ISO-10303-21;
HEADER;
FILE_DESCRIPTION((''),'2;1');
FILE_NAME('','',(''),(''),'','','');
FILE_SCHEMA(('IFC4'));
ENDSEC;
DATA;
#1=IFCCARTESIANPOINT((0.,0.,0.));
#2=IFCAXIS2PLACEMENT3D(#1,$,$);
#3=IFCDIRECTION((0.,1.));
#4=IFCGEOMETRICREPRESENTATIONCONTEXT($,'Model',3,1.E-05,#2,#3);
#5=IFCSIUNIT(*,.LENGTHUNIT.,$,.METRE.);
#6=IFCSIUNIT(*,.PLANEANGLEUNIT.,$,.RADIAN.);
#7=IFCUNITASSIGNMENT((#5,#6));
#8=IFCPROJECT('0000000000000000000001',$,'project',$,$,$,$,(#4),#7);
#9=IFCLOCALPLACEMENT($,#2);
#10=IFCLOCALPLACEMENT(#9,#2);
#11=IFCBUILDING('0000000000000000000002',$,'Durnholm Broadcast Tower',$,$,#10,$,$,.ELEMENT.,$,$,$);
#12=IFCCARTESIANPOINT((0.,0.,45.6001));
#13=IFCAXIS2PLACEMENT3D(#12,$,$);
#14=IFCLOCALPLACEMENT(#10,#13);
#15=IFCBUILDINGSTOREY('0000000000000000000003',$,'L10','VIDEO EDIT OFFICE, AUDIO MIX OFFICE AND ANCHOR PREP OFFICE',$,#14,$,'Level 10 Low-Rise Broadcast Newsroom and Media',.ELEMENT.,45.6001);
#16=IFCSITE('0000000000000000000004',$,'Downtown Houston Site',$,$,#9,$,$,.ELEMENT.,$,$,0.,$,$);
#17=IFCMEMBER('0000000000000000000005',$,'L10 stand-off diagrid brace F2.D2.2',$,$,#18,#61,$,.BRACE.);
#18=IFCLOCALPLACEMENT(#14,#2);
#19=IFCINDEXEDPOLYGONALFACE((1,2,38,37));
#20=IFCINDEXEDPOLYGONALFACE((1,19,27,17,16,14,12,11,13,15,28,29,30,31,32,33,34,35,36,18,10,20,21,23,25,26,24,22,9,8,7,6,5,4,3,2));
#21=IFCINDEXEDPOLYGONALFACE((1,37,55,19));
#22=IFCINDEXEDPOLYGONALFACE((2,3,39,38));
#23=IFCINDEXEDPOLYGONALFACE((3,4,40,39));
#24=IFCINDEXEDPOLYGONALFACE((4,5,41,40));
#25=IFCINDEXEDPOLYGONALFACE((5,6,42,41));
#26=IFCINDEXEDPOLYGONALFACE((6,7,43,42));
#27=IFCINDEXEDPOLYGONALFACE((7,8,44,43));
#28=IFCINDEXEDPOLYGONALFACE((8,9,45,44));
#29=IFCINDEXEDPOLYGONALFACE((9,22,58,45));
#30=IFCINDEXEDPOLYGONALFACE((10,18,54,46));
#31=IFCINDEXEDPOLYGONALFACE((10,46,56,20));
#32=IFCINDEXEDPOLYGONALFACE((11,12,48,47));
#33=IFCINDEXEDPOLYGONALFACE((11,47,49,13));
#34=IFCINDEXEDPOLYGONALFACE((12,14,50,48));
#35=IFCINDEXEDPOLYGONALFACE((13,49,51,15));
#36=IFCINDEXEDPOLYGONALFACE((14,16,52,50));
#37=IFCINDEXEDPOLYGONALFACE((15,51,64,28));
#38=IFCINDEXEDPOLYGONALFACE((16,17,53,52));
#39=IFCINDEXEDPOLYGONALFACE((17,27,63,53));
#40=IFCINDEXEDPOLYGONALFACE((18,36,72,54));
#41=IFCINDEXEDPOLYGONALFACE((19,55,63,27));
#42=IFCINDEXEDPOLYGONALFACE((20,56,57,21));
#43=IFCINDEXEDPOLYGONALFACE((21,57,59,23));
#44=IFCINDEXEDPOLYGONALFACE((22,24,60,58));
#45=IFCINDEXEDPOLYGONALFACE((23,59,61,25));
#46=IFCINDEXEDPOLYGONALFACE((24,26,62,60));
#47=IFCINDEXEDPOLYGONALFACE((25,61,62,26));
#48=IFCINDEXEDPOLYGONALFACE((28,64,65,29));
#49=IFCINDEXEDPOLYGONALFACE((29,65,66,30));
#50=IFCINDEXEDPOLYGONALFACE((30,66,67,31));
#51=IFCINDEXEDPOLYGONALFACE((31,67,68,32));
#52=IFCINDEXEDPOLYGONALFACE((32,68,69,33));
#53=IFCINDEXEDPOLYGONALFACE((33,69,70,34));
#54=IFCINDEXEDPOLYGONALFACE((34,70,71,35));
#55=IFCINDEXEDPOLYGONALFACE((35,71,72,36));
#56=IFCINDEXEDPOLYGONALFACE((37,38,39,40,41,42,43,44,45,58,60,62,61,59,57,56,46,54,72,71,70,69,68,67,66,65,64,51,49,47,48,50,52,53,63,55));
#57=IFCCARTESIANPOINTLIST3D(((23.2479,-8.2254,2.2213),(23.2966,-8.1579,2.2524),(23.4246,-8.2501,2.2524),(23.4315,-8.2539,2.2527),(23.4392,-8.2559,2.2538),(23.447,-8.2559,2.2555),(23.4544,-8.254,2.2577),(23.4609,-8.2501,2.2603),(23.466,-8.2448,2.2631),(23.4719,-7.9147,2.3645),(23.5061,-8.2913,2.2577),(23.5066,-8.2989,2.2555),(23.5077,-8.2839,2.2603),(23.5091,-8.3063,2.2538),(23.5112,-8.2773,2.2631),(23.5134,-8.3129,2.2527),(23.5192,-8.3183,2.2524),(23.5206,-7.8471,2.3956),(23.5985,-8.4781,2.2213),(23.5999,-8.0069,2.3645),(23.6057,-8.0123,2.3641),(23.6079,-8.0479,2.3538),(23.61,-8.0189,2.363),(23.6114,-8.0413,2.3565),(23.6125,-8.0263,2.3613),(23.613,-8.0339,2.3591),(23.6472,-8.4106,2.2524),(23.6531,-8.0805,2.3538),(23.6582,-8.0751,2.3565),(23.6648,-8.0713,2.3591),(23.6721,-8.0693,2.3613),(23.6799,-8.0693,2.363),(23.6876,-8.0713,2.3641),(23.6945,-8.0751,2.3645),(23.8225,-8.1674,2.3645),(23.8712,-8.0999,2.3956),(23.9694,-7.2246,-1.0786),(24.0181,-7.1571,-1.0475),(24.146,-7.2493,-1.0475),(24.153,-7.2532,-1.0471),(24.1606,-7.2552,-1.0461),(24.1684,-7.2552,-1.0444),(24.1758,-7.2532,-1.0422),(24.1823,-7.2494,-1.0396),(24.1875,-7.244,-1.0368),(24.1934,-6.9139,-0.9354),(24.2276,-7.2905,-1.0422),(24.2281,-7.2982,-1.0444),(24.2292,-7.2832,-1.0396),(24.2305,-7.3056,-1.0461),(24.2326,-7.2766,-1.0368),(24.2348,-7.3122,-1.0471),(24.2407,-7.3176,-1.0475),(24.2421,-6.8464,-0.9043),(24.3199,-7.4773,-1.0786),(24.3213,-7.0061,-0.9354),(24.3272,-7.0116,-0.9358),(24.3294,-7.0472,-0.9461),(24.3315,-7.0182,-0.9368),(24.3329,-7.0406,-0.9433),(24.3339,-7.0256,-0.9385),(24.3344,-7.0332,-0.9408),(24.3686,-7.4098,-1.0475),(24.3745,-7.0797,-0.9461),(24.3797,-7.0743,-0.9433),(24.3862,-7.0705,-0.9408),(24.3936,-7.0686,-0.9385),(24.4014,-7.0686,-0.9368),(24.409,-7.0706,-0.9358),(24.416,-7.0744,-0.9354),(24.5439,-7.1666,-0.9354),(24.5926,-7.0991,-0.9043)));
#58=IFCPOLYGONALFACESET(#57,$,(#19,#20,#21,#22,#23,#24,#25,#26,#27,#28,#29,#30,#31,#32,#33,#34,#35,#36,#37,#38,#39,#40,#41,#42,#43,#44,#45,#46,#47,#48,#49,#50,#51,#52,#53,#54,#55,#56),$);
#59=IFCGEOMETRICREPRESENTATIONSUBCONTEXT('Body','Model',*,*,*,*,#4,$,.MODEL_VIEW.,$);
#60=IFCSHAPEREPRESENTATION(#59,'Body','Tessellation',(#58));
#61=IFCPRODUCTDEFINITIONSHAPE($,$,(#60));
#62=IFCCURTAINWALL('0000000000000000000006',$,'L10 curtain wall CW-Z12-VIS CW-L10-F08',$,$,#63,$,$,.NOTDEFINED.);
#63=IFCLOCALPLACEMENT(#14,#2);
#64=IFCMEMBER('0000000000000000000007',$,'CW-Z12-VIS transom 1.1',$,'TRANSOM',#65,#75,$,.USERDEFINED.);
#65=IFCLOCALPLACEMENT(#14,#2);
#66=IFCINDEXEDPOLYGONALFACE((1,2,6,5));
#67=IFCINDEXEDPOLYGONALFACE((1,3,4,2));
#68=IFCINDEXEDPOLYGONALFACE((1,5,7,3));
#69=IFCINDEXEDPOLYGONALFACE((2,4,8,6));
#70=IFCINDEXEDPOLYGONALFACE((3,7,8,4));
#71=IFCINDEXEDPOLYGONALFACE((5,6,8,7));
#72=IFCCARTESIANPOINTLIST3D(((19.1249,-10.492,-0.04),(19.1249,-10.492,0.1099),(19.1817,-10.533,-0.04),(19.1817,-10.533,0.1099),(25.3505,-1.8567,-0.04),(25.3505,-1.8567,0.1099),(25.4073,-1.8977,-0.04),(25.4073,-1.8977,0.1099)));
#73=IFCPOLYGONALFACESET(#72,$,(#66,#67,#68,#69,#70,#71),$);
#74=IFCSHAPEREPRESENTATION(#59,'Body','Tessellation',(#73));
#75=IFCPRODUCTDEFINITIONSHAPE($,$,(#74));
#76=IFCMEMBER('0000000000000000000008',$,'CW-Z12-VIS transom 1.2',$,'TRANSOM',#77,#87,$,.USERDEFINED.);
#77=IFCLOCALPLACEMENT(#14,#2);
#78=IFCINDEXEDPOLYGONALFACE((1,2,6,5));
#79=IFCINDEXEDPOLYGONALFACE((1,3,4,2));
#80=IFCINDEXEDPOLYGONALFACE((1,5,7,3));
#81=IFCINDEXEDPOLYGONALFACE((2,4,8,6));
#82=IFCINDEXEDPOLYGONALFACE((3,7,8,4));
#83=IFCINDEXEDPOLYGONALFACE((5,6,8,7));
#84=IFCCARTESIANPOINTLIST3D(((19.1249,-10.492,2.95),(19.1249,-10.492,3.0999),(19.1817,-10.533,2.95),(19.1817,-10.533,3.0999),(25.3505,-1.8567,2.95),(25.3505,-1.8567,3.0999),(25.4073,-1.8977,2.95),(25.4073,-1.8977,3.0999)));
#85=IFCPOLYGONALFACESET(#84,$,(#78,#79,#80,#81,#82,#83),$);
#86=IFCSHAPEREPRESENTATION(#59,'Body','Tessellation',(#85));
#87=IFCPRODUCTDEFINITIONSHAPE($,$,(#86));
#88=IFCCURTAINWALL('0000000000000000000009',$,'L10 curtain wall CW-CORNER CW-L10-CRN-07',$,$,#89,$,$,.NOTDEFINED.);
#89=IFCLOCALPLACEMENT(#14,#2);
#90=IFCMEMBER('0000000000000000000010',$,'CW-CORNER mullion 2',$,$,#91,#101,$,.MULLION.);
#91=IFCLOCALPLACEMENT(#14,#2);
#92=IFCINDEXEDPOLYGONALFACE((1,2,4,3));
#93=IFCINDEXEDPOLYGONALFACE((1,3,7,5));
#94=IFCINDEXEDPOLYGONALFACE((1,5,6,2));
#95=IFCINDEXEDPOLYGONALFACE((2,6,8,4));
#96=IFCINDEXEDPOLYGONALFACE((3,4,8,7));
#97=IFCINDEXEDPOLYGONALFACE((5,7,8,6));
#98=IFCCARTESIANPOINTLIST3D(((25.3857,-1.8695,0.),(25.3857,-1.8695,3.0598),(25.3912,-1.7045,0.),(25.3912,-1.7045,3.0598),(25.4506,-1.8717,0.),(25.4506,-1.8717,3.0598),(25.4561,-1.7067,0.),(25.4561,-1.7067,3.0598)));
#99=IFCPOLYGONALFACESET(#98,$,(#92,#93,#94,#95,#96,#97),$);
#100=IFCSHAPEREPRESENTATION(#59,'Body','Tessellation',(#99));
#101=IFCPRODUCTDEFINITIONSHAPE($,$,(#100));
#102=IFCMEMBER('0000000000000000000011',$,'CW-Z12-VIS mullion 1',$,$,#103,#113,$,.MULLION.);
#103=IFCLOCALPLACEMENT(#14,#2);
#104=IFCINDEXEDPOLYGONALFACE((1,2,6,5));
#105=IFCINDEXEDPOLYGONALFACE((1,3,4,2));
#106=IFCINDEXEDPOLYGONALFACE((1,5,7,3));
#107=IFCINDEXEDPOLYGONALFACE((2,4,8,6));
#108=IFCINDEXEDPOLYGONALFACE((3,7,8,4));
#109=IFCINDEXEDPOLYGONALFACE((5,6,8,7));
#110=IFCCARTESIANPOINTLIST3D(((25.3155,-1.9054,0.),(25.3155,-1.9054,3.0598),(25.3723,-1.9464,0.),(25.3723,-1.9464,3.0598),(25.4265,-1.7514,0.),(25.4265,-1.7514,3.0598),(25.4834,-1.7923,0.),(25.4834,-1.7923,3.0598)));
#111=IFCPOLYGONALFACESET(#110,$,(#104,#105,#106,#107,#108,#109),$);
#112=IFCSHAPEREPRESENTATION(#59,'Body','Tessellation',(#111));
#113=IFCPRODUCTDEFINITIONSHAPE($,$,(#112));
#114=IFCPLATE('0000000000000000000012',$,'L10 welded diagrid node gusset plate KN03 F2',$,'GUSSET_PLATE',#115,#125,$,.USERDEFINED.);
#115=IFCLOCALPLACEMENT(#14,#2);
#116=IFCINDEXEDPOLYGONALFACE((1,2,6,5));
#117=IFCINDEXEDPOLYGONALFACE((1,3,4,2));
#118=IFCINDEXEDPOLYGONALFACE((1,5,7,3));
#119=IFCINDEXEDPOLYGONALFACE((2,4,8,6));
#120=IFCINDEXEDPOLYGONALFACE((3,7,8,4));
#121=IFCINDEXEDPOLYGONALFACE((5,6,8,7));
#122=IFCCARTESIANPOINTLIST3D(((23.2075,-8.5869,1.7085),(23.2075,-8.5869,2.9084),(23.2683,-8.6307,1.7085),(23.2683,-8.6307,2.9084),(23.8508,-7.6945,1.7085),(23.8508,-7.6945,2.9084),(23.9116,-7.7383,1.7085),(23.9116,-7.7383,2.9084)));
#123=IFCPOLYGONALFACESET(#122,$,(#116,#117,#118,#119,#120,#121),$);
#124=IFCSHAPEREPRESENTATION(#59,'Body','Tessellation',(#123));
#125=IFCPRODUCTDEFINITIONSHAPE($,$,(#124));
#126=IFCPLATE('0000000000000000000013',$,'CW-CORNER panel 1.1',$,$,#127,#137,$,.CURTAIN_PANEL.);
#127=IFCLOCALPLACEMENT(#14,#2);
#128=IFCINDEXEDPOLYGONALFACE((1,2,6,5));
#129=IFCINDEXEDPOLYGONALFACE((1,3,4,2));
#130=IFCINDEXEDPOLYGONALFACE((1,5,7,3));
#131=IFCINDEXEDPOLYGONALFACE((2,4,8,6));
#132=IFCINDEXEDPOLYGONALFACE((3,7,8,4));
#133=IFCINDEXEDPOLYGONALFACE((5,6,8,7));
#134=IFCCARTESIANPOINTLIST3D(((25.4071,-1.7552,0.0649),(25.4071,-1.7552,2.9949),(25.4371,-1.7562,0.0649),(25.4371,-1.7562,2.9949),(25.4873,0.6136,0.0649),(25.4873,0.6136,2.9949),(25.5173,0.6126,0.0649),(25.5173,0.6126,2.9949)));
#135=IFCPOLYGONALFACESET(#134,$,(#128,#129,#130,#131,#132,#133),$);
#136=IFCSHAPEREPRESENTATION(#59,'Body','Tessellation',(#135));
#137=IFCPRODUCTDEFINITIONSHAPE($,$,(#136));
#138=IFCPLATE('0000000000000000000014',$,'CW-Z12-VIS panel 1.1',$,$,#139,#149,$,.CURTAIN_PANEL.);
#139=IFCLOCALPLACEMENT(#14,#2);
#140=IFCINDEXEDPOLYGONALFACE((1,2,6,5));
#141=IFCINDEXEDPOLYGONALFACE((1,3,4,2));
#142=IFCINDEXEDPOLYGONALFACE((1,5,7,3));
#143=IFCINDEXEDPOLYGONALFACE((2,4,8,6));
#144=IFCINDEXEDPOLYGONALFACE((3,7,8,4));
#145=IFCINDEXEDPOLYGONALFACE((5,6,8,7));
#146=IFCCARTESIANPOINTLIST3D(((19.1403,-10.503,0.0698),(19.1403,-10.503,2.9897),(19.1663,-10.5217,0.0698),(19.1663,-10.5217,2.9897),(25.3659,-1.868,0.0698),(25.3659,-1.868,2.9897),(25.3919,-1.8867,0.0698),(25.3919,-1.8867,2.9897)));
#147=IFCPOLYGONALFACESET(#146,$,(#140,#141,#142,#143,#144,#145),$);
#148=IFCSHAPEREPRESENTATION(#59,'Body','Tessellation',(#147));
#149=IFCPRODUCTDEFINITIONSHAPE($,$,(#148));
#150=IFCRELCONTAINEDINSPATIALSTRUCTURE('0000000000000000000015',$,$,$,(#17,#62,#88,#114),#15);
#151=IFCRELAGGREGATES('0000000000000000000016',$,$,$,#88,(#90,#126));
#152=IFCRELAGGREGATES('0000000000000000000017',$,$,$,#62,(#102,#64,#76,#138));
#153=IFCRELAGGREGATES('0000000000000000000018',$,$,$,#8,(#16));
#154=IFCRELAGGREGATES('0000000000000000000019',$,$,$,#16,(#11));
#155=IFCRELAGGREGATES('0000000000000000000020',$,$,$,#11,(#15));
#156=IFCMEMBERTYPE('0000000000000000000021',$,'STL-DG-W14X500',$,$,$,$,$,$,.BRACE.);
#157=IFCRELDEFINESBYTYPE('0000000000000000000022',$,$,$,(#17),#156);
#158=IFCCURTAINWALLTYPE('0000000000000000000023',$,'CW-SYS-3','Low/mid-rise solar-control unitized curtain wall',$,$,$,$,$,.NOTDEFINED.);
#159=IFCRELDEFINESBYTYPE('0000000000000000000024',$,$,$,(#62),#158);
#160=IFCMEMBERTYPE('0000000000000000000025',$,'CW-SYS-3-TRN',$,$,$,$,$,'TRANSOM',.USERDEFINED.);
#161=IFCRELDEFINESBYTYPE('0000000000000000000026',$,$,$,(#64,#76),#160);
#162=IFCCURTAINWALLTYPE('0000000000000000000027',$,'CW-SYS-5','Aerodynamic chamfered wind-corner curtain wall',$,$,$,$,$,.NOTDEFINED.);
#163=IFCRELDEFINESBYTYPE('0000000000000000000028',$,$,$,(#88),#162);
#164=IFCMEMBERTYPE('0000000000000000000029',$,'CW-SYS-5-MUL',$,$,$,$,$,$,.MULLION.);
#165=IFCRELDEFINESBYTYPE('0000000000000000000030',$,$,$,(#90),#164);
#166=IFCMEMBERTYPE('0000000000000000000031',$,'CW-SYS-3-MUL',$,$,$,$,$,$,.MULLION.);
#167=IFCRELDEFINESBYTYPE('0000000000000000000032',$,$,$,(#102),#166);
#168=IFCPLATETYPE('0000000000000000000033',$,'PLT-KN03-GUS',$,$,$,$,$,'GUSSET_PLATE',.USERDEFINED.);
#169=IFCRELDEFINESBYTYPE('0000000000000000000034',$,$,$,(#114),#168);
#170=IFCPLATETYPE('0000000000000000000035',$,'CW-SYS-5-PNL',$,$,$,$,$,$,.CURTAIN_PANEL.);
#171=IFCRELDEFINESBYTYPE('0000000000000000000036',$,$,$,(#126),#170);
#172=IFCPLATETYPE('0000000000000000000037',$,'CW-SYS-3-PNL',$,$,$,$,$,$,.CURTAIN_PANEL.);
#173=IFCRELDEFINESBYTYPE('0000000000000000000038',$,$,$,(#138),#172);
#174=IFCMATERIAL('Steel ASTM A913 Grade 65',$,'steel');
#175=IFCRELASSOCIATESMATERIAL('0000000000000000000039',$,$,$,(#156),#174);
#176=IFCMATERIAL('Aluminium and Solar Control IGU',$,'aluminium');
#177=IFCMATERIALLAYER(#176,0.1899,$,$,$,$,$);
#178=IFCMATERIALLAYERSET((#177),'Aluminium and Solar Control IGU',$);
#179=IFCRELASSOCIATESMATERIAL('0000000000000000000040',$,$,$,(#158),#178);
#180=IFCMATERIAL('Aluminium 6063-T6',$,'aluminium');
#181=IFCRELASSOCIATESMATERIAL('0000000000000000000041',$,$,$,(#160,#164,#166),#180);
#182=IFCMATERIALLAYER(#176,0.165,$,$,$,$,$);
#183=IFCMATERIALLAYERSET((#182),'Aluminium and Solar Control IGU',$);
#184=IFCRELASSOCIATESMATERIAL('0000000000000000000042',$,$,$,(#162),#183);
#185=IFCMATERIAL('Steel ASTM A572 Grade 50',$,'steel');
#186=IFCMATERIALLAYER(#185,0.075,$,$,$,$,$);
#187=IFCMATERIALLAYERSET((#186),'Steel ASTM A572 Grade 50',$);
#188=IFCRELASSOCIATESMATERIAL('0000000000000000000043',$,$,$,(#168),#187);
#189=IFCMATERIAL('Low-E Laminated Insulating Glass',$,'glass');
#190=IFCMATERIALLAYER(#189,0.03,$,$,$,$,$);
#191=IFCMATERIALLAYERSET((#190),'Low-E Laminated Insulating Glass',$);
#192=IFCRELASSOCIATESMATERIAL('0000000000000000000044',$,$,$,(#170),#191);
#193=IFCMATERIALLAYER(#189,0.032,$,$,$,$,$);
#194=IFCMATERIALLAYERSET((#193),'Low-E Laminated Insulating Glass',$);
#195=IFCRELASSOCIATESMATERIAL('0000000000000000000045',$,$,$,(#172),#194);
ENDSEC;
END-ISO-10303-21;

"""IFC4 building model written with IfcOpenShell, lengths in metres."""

from ifc_helpers import new_model, si_unit, direction, frame, origin, origin_2d, place, context, subcontext, project, spatial, rectangle, i_section, extrude, source, transform, mapped, material, layer, layer_set, material_profile, profile_set, type_object, type_shapes, element, aggregate, save


model = new_model("IFC4")

# Units and contexts
model_context = context("Model", 3, precision=1e-05, world=origin(), true_north=direction((0.0, 1.0)))
body_context = subcontext(model_context, "Body", "Model", "MODEL_VIEW")
ifc_project = project(units=[si_unit("LENGTHUNIT", "METRE"), si_unit("PLANEANGLEUNIT", "RADIAN")], contexts=[model_context])

# Site, building, storey
site_placement = place(None, origin())
site = spatial("IfcSite", under=ifc_project, at=site_placement, Name="Downtown Houston Site", CompositionType="ELEMENT", RefElevation=0.0)
building_placement = place(site_placement, origin())
building = spatial("IfcBuilding", under=site, at=building_placement, Name="Durnholm Broadcast Tower", CompositionType="ELEMENT")
storey_placement = place(building_placement, frame((0.0, 0.0, 45.6001)))
storey = spatial("IfcBuildingStorey", under=building, at=storey_placement, Name="L10", Description="VIDEO EDIT OFFICE, AUDIO MIX OFFICE AND ANCHOR PREP OFFICE", LongName="Level 10 Low-Rise Broadcast Newsroom and Media", CompositionType="ELEMENT", Elevation=45.6001)

# Member
ifc_material_1 = material(Name="Steel ASTM A913 Grade 65", Category="steel")
ifc_material_profile_1 = material_profile(ifc_material_1, i_section(OverallWidth=0.4321, OverallDepth=0.4978, WebThickness=0.0557, FlangeThickness=0.0889, FilletRadius=0.0305, at=origin_2d()), Name="W14X500")
ifc_profile_set_1 = profile_set([ifc_material_profile_1], Name="Steel ASTM A913 Grade 65")
member_type_1 = type_object("IfcMemberType", Name="STL-DG-W14X500", PredefinedType="BRACE", material=ifc_profile_set_1)
shared_shape_1 = source(origin(), body_context, "Body", "SweptSolid", [
    extrude(i_section(OverallWidth=0.4321, OverallDepth=0.4978, WebThickness=0.0557, FlangeThickness=0.0889, FilletRadius=0.0305, at=origin_2d()), origin(), (0.0, 0.0, 1.0), 3.5229),
])
type_shapes(member_type_1, [shared_shape_1])
for number, where, z_axis, x_axis, name in (
    (1, (24.281, -7.1619, -0.9915), (-0.204786, -0.284067, 0.93668), (0.811185, -0.584789, 0.0), "L10 stand-off diagrid brace F2.D2.2"),
):
    element("IfcMember", number, at=place(storey_placement, frame(where, z_axis=z_axis, x_axis=x_axis)), inside=storey, type_object=member_type_1, Name=name, PredefinedType="BRACE", context=body_context, shape_type="MappedRepresentation", body=[
        mapped(shared_shape_1, transform((0.0, 0.0, 0.0), x_axis=(1.0, 0.0, 0.0), y_axis=(0.0, 1.0, 0.0), z_axis=(0.0, 0.0, 1.0), scale=1.0)),
    ])

# Curtain wall, members
ifc_material_2 = material(Name="Aluminium and Solar Control IGU", Category="aluminium")
ifc_layer_1 = layer(ifc_material_2, 0.1899)
ifc_layer_set_1 = layer_set([ifc_layer_1], Name="Aluminium and Solar Control IGU")
curtain_wall_type_1 = type_object("IfcCurtainWallType", Name="CW-SYS-3", Description="Low/mid-rise solar-control unitized curtain wall", PredefinedType="NOTDEFINED", material=ifc_layer_set_1)
curtain_wall_1_placement = place(storey_placement, origin())
curtain_wall_1 = element("IfcCurtainWall", 2, at=curtain_wall_1_placement, inside=storey, type_object=curtain_wall_type_1, Name="L10 curtain wall CW-Z12-VIS CW-L10-F08", PredefinedType="NOTDEFINED")
ifc_material_3 = material(Name="Aluminium 6063-T6", Category="aluminium")
ifc_material_profile_2 = material_profile(ifc_material_3, rectangle(XDim=0.0701, YDim=0.1499, at=origin_2d()), Name="CWT70X150")
ifc_profile_set_2 = profile_set([ifc_material_profile_2], Name="Aluminium 6063-T6")
member_type_2 = type_object("IfcMemberType", Name="CW-SYS-3-TRN", ElementType="TRANSOM", PredefinedType="USERDEFINED", material=ifc_profile_set_2)
shared_shape_2 = source(origin(), body_context, "Body", "SweptSolid", [
    extrude(rectangle(XDim=0.0701, YDim=0.1499, at=origin_2d()), origin(), (0.0, 0.0, 1.0), 10.6455),
])
type_shapes(member_type_2, [shared_shape_2])
member_1_placement = place(storey_placement, frame((25.3789, -1.8772, 0.0349), z_axis=(-0.584812, -0.811169, 0.0), x_axis=(0.811169, -0.584812, 0.0)))
member_1 = element("IfcMember", 3, at=member_1_placement, type_object=member_type_2, Name="CW-Z12-VIS transom 1.1", ObjectType="TRANSOM", PredefinedType="USERDEFINED", context=body_context, shape_type="MappedRepresentation", body=[
    mapped(shared_shape_2, transform((0.0, 0.0, 0.0), x_axis=(1.0, 0.0, 0.0), y_axis=(0.0, 1.0, 0.0), z_axis=(0.0, 0.0, 1.0), scale=1.0)),
])
member_2_placement = place(storey_placement, frame((25.3789, -1.8772, 3.0249), z_axis=(-0.584812, -0.811169, 0.0), x_axis=(0.811169, -0.584812, 0.0)))
member_2 = element("IfcMember", 4, at=member_2_placement, type_object=member_type_2, Name="CW-Z12-VIS transom 1.2", ObjectType="TRANSOM", PredefinedType="USERDEFINED", context=body_context, shape_type="MappedRepresentation", body=[
    mapped(shared_shape_2, transform((0.0, 0.0, 0.0), x_axis=(1.0, 0.0, 0.0), y_axis=(0.0, 1.0, 0.0), z_axis=(0.0, 0.0, 1.0), scale=1.0)),
])

# Curtain wall, member
ifc_layer_2 = layer(ifc_material_2, 0.165)
ifc_layer_set_2 = layer_set([ifc_layer_2], Name="Aluminium and Solar Control IGU")
curtain_wall_type_2 = type_object("IfcCurtainWallType", Name="CW-SYS-5", Description="Aerodynamic chamfered wind-corner curtain wall", PredefinedType="NOTDEFINED", material=ifc_layer_set_2)
curtain_wall_2_placement = place(storey_placement, origin())
curtain_wall_2 = element("IfcCurtainWall", 5, at=curtain_wall_2_placement, inside=storey, type_object=curtain_wall_type_2, Name="L10 curtain wall CW-CORNER CW-L10-CRN-07", PredefinedType="NOTDEFINED")
ifc_material_profile_3 = material_profile(ifc_material_3, rectangle(XDim=0.0649, YDim=0.165, at=origin_2d()), Name="CWM65X165")
ifc_profile_set_3 = profile_set([ifc_material_profile_3], Name="Aluminium 6063-T6")
member_type_3 = type_object("IfcMemberType", Name="CW-SYS-5-MUL", PredefinedType="MULLION", material=ifc_profile_set_3)
shared_shape_3 = source(origin(), body_context, "Body", "SweptSolid", [
    extrude(rectangle(XDim=0.0649, YDim=0.165, at=origin_2d()), origin(), (0.0, 0.0, 1.0), 3.0598),
])
type_shapes(member_type_3, [shared_shape_3])
member_3_placement = place(storey_placement, frame((25.4209, -1.7881, 0.0), z_axis=(0.0, 0.0, 1.0), x_axis=(0.999427, -0.03384, 0.0)))
member_3 = element("IfcMember", 6, at=member_3_placement, type_object=member_type_3, Name="CW-CORNER mullion 2", PredefinedType="MULLION", context=body_context, shape_type="MappedRepresentation", body=[
    mapped(shared_shape_3, transform((0.0, 0.0, 0.0), x_axis=(1.0, 0.0, 0.0), y_axis=(0.0, 1.0, 0.0), z_axis=(0.0, 0.0, 1.0), scale=1.0)),
])

# Member
ifc_material_profile_4 = material_profile(ifc_material_3, rectangle(XDim=0.0701, YDim=0.1899, at=origin_2d()), Name="CWM70X190")
ifc_profile_set_4 = profile_set([ifc_material_profile_4], Name="Aluminium 6063-T6")
member_type_4 = type_object("IfcMemberType", Name="CW-SYS-3-MUL", PredefinedType="MULLION", material=ifc_profile_set_4)
shared_shape_4 = source(origin(), body_context, "Body", "SweptSolid", [
    extrude(rectangle(XDim=0.0701, YDim=0.1899, at=origin_2d()), origin(), (0.0, 0.0, 1.0), 3.0598),
])
type_shapes(member_type_4, [shared_shape_4])
member_4_placement = place(storey_placement, frame((25.3994, -1.8489, 0.0), z_axis=(0.0, 0.0, 1.0), x_axis=(0.811161, -0.584823, 0.0)))
member_4 = element("IfcMember", 7, at=member_4_placement, type_object=member_type_4, Name="CW-Z12-VIS mullion 1", PredefinedType="MULLION", context=body_context, shape_type="MappedRepresentation", body=[
    mapped(shared_shape_4, transform((0.0, 0.0, 0.0), x_axis=(1.0, 0.0, 0.0), y_axis=(0.0, 1.0, 0.0), z_axis=(0.0, 0.0, 1.0), scale=1.0)),
])

# Plates
ifc_material_4 = material(Name="Steel ASTM A572 Grade 50", Category="steel")
ifc_layer_3 = layer(ifc_material_4, 0.075)
ifc_layer_set_3 = layer_set([ifc_layer_3], Name="Steel ASTM A572 Grade 50")
plate_type_1 = type_object("IfcPlateType", Name="PLT-KN03-GUS", ElementType="GUSSET_PLATE", PredefinedType="USERDEFINED", material=ifc_layer_set_3)
shared_shape_5 = source(origin(), body_context, "Body", "SweptSolid", [
    extrude(rectangle(XDim=1.1001, YDim=0.075, at=origin_2d()), origin(), (0.0, 0.0, 1.0), 1.2),
])
type_shapes(plate_type_1, [shared_shape_5])
plate_1_placement = place(storey_placement, frame((23.5596, -8.1626, 1.7085), z_axis=(0.0, 0.0, 1.0), x_axis=(0.584816, 0.811166, 0.0)))
element("IfcPlate", 8, at=plate_1_placement, inside=storey, type_object=plate_type_1, Name="L10 welded diagrid node gusset plate KN03 F2", ObjectType="GUSSET_PLATE", PredefinedType="USERDEFINED", context=body_context, shape_type="MappedRepresentation", body=[
    mapped(shared_shape_5, transform((0.0, 0.0, 0.0), x_axis=(1.0, 0.0, 0.0), y_axis=(0.0, 1.0, 0.0), z_axis=(0.0, 0.0, 1.0), scale=1.0)),
])
ifc_material_5 = material(Name="Low-E Laminated Insulating Glass", Category="glass")
ifc_layer_4 = layer(ifc_material_5, 0.03)
ifc_layer_set_4 = layer_set([ifc_layer_4], Name="Low-E Laminated Insulating Glass")
plate_type_2 = type_object("IfcPlateType", Name="CW-SYS-5-PNL", PredefinedType="CURTAIN_PANEL", material=ifc_layer_set_4)
shared_shape_6 = source(origin(), body_context, "Body", "SweptSolid", [
    extrude(rectangle(XDim=2.3701, YDim=0.03, at=origin_2d()), origin(), (0.0, 0.0, 1.0), 2.9299),
])
type_shapes(plate_type_2, [shared_shape_6])
plate_2_placement = place(storey_placement, frame((25.4622, -0.5713, 0.0649), z_axis=(0.0, 0.0, 1.0), x_axis=(-0.03384, -0.999427, 0.0)))
plate_2 = element("IfcPlate", 9, at=plate_2_placement, type_object=plate_type_2, Name="CW-CORNER panel 1.1", PredefinedType="CURTAIN_PANEL", context=body_context, shape_type="MappedRepresentation", body=[
    mapped(shared_shape_6, transform((0.0, 0.0, 0.0), x_axis=(1.0, 0.0, 0.0), y_axis=(0.0, 1.0, 0.0), z_axis=(0.0, 0.0, 1.0), scale=1.0)),
])
aggregate(curtain_wall_2, [member_3, plate_2])
ifc_layer_5 = layer(ifc_material_5, 0.032)
ifc_layer_set_5 = layer_set([ifc_layer_5], Name="Low-E Laminated Insulating Glass")
plate_type_3 = type_object("IfcPlateType", Name="CW-SYS-3-PNL", PredefinedType="CURTAIN_PANEL", material=ifc_layer_set_5)
shared_shape_7 = source(origin(), body_context, "Body", "SweptSolid", [
    extrude(rectangle(XDim=10.6453, YDim=0.032, at=origin_2d()), origin(), (0.0, 0.0, 1.0), 2.9199),
])
type_shapes(plate_type_3, [shared_shape_7])
plate_3_placement = place(storey_placement, frame((22.2661, -6.1948, 0.0698), z_axis=(0.0, 0.0, 1.0), x_axis=(-0.584823, -0.811161, 0.0)))
plate_3 = element("IfcPlate", 10, at=plate_3_placement, type_object=plate_type_3, Name="CW-Z12-VIS panel 1.1", PredefinedType="CURTAIN_PANEL", context=body_context, shape_type="MappedRepresentation", body=[
    mapped(shared_shape_7, transform((0.0, 0.0, 0.0), x_axis=(1.0, 0.0, 0.0), y_axis=(0.0, 1.0, 0.0), z_axis=(0.0, 0.0, 1.0), scale=1.0)),
])
aggregate(curtain_wall_1, [member_4, member_1, member_2, plate_3])

save(model, "model.ifc")
